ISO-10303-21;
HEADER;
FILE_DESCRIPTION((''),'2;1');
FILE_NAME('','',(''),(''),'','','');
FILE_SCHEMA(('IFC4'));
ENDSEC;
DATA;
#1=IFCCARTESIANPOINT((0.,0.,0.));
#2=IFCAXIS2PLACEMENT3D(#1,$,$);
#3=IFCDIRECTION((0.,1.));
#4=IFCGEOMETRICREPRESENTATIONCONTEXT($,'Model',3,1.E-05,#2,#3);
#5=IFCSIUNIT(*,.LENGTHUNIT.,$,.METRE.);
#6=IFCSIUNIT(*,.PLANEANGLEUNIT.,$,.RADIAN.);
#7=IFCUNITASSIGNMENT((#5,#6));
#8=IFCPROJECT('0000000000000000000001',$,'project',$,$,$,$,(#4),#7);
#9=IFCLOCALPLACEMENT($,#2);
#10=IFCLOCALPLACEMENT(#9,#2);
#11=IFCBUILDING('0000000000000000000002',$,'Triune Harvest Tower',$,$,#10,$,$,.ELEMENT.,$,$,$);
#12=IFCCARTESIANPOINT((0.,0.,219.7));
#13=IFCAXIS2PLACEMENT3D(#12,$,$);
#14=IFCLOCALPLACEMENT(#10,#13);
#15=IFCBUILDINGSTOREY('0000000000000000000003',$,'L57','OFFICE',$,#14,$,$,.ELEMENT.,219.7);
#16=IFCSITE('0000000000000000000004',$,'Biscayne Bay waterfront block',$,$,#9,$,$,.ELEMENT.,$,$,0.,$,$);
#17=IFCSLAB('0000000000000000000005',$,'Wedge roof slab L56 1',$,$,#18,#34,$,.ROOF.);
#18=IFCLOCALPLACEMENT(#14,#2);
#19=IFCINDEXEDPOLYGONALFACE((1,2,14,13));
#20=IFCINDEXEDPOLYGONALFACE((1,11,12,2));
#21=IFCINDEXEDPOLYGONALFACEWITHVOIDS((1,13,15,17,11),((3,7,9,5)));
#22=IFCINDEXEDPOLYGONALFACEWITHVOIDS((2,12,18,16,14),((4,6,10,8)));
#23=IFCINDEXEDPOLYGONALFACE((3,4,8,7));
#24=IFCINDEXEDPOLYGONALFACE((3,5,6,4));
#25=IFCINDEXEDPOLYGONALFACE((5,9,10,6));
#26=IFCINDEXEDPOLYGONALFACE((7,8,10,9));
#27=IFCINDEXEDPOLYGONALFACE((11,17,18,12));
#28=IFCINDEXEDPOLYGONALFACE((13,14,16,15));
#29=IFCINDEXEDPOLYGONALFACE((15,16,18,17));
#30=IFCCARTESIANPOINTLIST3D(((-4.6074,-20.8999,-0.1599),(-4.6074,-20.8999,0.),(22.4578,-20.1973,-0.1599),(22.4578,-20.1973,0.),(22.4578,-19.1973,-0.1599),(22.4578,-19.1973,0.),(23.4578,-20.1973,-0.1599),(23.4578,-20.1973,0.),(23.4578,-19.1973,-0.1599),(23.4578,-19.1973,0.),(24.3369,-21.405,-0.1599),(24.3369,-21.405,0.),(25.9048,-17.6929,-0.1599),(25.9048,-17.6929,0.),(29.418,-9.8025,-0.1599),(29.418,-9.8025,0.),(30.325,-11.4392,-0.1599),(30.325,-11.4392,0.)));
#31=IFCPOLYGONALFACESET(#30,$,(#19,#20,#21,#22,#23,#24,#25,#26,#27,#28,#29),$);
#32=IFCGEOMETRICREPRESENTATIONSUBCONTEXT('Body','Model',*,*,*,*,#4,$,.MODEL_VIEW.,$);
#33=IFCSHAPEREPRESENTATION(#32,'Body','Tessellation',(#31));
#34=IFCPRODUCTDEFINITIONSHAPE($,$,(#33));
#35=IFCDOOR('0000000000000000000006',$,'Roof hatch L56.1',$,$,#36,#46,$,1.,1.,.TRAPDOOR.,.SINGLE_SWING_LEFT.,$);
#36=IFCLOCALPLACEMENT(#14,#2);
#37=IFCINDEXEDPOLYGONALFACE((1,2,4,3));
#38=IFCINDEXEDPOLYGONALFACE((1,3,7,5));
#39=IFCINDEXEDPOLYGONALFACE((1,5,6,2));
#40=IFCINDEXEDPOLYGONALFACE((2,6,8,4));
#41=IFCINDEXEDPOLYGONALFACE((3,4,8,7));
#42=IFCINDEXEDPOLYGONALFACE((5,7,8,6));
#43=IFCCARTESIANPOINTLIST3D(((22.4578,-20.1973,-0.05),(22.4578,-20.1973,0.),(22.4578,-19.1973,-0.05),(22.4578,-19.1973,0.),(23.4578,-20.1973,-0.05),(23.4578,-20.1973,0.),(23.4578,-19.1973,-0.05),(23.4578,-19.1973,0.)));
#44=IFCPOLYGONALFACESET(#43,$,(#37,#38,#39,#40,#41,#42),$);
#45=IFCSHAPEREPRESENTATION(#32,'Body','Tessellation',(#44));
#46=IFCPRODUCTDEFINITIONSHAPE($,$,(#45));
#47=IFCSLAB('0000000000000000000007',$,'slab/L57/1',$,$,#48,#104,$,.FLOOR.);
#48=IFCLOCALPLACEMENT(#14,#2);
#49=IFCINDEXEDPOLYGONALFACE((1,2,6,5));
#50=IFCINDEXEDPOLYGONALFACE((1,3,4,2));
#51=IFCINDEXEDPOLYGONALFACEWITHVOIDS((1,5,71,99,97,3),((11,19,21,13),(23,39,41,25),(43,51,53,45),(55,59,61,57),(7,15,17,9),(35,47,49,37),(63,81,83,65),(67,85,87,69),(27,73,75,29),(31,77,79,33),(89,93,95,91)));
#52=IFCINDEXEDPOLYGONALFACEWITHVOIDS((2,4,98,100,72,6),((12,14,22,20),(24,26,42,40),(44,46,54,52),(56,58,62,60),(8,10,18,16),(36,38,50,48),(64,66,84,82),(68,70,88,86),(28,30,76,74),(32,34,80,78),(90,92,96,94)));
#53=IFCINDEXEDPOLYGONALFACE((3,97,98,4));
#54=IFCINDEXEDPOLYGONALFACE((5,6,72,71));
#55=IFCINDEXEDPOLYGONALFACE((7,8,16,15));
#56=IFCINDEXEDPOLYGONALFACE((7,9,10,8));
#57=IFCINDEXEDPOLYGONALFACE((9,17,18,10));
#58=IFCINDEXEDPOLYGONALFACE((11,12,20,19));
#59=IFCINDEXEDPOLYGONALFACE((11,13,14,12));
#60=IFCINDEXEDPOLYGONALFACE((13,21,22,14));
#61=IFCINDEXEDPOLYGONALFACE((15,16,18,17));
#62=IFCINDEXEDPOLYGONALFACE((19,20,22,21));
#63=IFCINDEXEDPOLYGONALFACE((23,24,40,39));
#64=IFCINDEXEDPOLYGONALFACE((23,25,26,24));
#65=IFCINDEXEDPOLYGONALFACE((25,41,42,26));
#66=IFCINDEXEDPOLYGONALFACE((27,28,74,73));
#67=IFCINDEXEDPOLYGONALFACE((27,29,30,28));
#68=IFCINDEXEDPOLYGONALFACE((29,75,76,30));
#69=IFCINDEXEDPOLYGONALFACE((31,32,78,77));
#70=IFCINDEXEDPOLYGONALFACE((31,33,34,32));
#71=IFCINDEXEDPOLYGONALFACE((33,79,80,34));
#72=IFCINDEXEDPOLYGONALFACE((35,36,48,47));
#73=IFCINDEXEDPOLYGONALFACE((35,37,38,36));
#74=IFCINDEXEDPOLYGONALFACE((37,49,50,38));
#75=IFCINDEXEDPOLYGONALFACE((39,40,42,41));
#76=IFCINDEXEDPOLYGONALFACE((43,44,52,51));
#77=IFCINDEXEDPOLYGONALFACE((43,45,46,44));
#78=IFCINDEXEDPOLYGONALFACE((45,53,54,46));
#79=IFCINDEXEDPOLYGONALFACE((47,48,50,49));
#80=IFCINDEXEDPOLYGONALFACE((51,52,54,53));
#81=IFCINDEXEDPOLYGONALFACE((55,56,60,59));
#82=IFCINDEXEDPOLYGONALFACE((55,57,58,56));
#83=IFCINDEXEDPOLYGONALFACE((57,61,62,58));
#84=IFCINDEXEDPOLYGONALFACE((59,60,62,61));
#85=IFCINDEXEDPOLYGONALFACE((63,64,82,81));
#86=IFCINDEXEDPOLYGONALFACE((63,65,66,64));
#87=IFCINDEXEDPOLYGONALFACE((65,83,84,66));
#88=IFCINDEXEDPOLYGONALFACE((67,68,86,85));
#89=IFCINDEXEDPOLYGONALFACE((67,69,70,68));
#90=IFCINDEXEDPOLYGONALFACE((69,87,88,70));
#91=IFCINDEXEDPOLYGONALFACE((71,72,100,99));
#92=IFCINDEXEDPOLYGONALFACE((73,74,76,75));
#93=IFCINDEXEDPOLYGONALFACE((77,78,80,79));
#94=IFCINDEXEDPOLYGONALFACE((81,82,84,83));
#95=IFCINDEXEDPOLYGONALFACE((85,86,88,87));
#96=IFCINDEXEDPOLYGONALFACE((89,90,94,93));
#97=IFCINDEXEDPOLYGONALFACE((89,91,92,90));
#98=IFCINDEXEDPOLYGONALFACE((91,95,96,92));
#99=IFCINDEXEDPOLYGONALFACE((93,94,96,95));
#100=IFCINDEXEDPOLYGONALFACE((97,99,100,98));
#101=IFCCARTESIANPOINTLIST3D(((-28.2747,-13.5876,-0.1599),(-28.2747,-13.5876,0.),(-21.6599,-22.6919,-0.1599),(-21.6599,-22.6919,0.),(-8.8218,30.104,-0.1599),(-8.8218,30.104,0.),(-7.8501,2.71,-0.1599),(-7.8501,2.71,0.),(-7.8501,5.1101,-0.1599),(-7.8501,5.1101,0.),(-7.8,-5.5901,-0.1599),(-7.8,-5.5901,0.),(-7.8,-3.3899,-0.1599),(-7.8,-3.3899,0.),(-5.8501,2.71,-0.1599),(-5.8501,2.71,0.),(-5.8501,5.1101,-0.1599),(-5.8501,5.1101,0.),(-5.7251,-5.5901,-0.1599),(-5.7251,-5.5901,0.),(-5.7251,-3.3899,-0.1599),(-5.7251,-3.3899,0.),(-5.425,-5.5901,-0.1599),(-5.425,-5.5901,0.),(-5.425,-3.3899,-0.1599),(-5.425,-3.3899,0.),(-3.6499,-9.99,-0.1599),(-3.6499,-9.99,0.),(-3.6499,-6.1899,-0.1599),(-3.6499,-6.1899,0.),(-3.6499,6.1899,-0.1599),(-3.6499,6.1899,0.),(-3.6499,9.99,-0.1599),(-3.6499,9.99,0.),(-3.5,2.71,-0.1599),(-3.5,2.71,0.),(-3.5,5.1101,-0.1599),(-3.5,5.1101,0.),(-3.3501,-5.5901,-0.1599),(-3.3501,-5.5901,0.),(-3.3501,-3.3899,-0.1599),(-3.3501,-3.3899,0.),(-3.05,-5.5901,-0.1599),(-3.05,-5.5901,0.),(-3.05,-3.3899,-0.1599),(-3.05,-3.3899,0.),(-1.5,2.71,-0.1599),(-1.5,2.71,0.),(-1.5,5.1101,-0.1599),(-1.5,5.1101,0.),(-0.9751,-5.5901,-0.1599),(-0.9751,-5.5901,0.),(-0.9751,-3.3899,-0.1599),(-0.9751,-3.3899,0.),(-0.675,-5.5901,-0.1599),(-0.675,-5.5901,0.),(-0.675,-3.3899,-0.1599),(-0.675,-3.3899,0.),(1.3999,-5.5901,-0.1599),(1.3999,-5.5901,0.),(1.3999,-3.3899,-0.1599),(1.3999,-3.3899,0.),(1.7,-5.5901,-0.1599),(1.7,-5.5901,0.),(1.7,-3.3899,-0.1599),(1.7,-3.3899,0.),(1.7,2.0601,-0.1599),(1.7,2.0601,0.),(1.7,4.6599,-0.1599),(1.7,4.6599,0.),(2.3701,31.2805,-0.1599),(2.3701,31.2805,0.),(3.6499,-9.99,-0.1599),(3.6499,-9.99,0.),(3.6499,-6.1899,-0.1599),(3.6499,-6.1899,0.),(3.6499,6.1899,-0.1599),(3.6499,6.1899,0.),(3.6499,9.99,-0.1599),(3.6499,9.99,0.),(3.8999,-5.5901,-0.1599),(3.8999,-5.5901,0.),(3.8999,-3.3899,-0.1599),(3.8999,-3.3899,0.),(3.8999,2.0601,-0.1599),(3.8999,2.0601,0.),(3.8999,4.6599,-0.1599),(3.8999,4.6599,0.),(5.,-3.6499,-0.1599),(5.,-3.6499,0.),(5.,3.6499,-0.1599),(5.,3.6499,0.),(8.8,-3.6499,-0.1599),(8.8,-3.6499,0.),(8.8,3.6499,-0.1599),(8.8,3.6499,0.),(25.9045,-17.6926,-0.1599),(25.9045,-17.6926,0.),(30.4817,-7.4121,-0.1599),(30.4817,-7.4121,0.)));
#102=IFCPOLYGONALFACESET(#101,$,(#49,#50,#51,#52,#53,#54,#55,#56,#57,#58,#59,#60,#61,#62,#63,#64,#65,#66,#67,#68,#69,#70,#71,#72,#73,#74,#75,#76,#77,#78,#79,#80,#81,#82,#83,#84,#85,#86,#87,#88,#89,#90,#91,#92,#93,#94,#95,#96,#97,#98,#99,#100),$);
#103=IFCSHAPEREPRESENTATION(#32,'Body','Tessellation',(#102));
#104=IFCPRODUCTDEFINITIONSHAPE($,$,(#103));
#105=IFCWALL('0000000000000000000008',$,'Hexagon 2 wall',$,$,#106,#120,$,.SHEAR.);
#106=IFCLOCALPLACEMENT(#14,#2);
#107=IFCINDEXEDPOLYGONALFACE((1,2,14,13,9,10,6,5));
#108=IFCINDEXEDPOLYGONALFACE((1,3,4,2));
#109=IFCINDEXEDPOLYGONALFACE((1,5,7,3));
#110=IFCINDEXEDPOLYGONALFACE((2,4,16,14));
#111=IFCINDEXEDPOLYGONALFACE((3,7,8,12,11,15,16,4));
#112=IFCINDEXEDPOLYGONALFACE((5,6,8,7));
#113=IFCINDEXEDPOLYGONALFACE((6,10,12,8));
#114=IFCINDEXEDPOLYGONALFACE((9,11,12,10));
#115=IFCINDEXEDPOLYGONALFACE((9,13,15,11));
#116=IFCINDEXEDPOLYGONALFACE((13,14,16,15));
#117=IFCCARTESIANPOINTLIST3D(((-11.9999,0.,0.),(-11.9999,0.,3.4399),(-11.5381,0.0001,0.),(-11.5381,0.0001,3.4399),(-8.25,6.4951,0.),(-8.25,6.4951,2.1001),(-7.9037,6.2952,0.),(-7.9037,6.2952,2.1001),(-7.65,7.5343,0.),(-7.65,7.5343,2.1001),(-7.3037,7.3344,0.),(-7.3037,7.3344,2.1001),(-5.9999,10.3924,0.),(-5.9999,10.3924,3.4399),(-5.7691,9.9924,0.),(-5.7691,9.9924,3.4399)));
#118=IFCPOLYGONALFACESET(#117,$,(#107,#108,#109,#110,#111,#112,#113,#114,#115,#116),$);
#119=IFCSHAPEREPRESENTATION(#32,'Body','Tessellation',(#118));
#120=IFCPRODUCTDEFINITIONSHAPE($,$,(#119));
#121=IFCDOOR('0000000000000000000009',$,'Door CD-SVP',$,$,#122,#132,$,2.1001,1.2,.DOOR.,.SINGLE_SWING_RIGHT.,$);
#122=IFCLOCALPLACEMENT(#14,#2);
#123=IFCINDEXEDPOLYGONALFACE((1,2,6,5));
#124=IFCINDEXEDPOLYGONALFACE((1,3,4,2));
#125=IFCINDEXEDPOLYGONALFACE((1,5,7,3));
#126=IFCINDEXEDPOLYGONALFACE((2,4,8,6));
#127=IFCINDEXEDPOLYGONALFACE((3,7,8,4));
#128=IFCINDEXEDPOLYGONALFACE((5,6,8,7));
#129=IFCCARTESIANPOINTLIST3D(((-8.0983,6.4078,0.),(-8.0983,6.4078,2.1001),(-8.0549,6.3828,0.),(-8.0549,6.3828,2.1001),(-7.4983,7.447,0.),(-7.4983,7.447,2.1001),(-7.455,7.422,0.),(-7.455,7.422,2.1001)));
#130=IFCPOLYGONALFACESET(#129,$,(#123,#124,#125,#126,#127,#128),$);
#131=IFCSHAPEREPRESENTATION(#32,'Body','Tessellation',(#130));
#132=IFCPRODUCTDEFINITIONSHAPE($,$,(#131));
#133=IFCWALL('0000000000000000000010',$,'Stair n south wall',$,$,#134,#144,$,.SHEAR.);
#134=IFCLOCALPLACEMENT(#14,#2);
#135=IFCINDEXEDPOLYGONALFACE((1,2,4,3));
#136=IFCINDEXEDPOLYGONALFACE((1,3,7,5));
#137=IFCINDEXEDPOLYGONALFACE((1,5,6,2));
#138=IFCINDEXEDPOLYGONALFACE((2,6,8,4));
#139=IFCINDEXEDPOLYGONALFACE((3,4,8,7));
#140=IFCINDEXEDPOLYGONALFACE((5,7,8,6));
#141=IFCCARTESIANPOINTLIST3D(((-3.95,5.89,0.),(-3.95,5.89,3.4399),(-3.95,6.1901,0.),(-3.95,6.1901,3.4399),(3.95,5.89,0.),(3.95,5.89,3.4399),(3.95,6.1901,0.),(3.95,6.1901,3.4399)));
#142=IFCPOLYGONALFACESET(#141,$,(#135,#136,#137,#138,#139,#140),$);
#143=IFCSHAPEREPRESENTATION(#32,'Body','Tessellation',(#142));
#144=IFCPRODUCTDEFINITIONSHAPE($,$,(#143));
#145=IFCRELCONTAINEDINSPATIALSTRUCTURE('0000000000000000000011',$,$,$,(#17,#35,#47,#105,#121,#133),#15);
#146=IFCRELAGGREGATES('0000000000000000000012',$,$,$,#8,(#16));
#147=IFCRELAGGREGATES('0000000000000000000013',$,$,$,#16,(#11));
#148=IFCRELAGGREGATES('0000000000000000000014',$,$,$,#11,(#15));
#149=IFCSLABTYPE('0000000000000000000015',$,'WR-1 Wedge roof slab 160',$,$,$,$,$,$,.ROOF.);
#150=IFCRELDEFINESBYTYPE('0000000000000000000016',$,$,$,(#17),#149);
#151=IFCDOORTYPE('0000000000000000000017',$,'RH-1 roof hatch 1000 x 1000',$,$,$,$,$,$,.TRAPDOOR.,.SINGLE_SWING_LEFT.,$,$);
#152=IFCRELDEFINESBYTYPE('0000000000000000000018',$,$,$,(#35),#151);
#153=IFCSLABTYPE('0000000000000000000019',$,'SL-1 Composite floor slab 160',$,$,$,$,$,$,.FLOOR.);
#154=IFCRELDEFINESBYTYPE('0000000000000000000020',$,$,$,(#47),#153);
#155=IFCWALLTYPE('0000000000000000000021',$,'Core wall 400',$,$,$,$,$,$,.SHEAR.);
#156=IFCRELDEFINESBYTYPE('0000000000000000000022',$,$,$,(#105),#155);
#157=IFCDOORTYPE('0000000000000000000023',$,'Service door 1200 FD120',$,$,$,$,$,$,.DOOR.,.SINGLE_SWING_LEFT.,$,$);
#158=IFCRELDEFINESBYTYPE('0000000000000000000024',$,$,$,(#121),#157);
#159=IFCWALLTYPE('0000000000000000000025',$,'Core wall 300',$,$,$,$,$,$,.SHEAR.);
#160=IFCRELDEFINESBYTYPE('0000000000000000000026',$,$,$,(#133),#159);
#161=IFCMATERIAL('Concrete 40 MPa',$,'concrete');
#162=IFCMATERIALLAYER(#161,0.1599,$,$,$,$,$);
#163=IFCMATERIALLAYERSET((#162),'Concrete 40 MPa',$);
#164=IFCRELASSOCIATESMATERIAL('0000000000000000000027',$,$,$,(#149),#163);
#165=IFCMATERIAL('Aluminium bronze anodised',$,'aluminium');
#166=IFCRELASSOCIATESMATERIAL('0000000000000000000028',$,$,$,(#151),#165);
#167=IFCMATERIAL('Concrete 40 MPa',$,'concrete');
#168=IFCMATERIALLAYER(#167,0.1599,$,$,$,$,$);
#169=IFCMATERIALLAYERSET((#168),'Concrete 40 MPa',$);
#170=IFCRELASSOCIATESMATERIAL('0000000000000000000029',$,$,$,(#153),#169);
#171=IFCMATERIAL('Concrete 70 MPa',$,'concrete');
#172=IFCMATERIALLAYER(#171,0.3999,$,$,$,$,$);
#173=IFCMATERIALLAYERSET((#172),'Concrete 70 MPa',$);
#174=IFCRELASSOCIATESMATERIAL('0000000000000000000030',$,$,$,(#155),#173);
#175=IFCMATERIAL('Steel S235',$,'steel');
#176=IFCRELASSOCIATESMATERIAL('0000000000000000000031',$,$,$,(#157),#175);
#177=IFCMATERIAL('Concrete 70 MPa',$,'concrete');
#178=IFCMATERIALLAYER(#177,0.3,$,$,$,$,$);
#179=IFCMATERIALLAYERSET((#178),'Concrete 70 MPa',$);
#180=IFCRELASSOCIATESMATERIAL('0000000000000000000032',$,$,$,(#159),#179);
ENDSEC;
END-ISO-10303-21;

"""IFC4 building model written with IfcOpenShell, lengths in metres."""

from ifc_helpers import new_model, si_unit, direction, frame, frame_2d, origin, origin_2d, place, context, subcontext, project, spatial, polyline, rectangle, outline, extrude, source, transform, mapped, material, layer, layer_set, type_object, element, fill, save


model = new_model("IFC4")

# Units and contexts
model_context = context("Model", 3, precision=1e-05, world=origin(), true_north=direction((0.0, 1.0)))
body_context = subcontext(model_context, "Body", "Model", "MODEL_VIEW")
ifc_project = project(units=[si_unit("LENGTHUNIT", "METRE"), si_unit("PLANEANGLEUNIT", "RADIAN")], contexts=[model_context])

# Site, building, storey
site_placement = place(None, origin())
site = spatial("IfcSite", under=ifc_project, at=site_placement, Name="Biscayne Bay waterfront block", CompositionType="ELEMENT", RefElevation=0.0)
building_placement = place(site_placement, origin())
building = spatial("IfcBuilding", under=site, at=building_placement, Name="Triune Harvest Tower", CompositionType="ELEMENT")
storey_placement = place(building_placement, frame((0.0, 0.0, 219.7)))
storey = spatial("IfcBuildingStorey", under=building, at=storey_placement, Name="L57", Description="OFFICE", CompositionType="ELEMENT", Elevation=219.7)

# Slab, opening, door
ifc_material_1 = material(Name="Concrete 40 MPa", Category="concrete")
ifc_layer_1 = layer(ifc_material_1, 0.1599)
ifc_layer_set_1 = layer_set([ifc_layer_1], Name="Concrete 40 MPa")
slab_type_1 = type_object("IfcSlabType", Name="WR-1 Wedge roof slab 160", PredefinedType="ROOF", material=ifc_layer_set_1)
slab_1_placement = place(storey_placement, frame((0.0, 0.0, -0.1599)))
slab_1 = element("IfcSlab", 1, at=slab_1_placement, inside=storey, type_object=slab_type_1, Name="Wedge roof slab L56 1", PredefinedType="ROOF", context=body_context, shape_type="SweptSolid", body=[
    extrude(outline(polyline([(30.325, -11.4392), (29.418, -9.8025), (25.9048, -17.6929), (-4.6074, -20.8999), (24.3369, -21.405), (30.325, -11.4392)])), origin(), (0.0, 0.0, 1.0), 0.1599),
])
opening_1_placement = place(slab_1_placement, frame((22.9578, -19.6973, 0.0)))
opening_1 = element("IfcOpeningElement", 2, at=opening_1_placement, cuts=slab_1, PredefinedType="OPENING", context=body_context, shape_type="SweptSolid", body=[
    extrude(rectangle(XDim=1.0, YDim=1.0, at=origin_2d()), origin(), (0.0, 0.0, 1.0), 0.1599),
])
ifc_material_2 = material(Name="Aluminium bronze anodised", Category="aluminium")
door_type_1 = type_object("IfcDoorType", Name="RH-1 roof hatch 1000 x 1000", OperationType="SINGLE_SWING_LEFT", PredefinedType="TRAPDOOR", material=ifc_material_2)
door_1_placement = place(opening_1_placement, frame((0.0, 0.0, 0.1099)))
door_1 = element("IfcDoor", 3, at=door_1_placement, inside=storey, type_object=door_type_1, Name="Roof hatch L56.1", OperationType="SINGLE_SWING_LEFT", OverallHeight=1.0, OverallWidth=1.0, PredefinedType="TRAPDOOR", context=body_context, shape_type="SweptSolid", body=[
    extrude(rectangle(XDim=1.0, YDim=1.0, at=origin_2d()), origin(), (0.0, 0.0, 1.0), 0.05),
])
fill(opening_1, door_1)

# Slab
ifc_material_3 = material(Name="Concrete 40 MPa", Category="concrete")
ifc_layer_2 = layer(ifc_material_3, 0.1599)
ifc_layer_set_2 = layer_set([ifc_layer_2], Name="Concrete 40 MPa")
slab_type_2 = type_object("IfcSlabType", Name="SL-1 Composite floor slab 160", PredefinedType="FLOOR", material=ifc_layer_set_2)
shared_shape_1 = source(origin(), body_context, "Body", "SweptSolid", [
    extrude(outline(polyline([(30.4817, -7.4121), (2.3701, 31.2805), (-8.8218, 30.104), (-28.2747, -13.5876), (-21.6599, -22.6919), (25.9045, -17.6926), (30.4817, -7.4121)]), holes=[polyline([(-5.7251, -5.5901), (-5.7251, -3.3899), (-7.8, -3.3899), (-7.8, -5.5901), (-5.7251, -5.5901)]), polyline([(-3.3501, -5.5901), (-3.3501, -3.3899), (-5.425, -3.3899), (-5.425, -5.5901), (-3.3501, -5.5901)]), polyline([(-0.9751, -5.5901), (-0.9751, -3.3899), (-3.05, -3.3899), (-3.05, -5.5901), (-0.9751, -5.5901)]), polyline([(1.3999, -5.5901), (1.3999, -3.3899), (-0.675, -3.3899), (-0.675, -5.5901), (1.3999, -5.5901)]), polyline([(3.8999, 2.0601), (3.8999, 4.6599), (1.7, 4.6599), (1.7, 2.0601), (3.8999, 2.0601)]), polyline([(3.8999, -5.5901), (3.8999, -3.3899), (1.7, -3.3899), (1.7, -5.5901), (3.8999, -5.5901)]), polyline([(-5.8501, 2.71), (-5.8501, 5.1101), (-7.8501, 5.1101), (-7.8501, 2.71), (-5.8501, 2.71)]), polyline([(-1.5, 2.71), (-1.5, 5.1101), (-3.5, 5.1101), (-3.5, 2.71), (-1.5, 2.71)]), polyline([(3.6499, 6.1899), (3.6499, 9.99), (-3.6499, 9.99), (-3.6499, 6.1899), (3.6499, 6.1899)]), polyline([(3.6499, -9.99), (3.6499, -6.1899), (-3.6499, -6.1899), (-3.6499, -9.99), (3.6499, -9.99)]), polyline([(8.8, -3.6499), (8.8, 3.6499), (5.0, 3.6499), (5.0, -3.6499), (8.8, -3.6499)])]), origin(), (0.0, 0.0, 1.0), 0.1599),
])
slab_2_placement = place(storey_placement, frame((0.0, 0.0, -0.1599)))
element("IfcSlab", 4, at=slab_2_placement, inside=storey, type_object=slab_type_2, Name="slab/L57/1", PredefinedType="FLOOR", context=body_context, shape_type="MappedRepresentation", body=[
    mapped(shared_shape_1, transform((0.0, 0.0, 0.0), scale=1.0)),
])

# Wall, opening, door
ifc_material_4 = material(Name="Concrete 70 MPa", Category="concrete")
ifc_layer_3 = layer(ifc_material_4, 0.3999)
ifc_layer_set_3 = layer_set([ifc_layer_3], Name="Concrete 70 MPa")
wall_type_1 = type_object("IfcWallType", Name="Core wall 400", PredefinedType="SHEAR", material=ifc_layer_set_3)
shared_shape_2 = source(origin(), body_context, "Body", "SweptSolid", [
    extrude(outline(polyline([(-0.1155, -0.2), (11.8845, -0.2), (11.6536, 0.2), (0.1155, 0.2), (-0.1155, -0.2)])), origin(), (0.0, 0.0, 1.0), 3.4399),
])
wall_1_placement = place(storey_placement, frame((-5.8845, 10.1924, 0.0), z_axis=(0.0, 0.0, 1.0), x_axis=(-0.499997, -0.866027, 0.0)))
wall_1 = element("IfcWall", 5, at=wall_1_placement, inside=storey, type_object=wall_type_1, Name="Hexagon 2 wall", PredefinedType="SHEAR", context=body_context, shape_type="MappedRepresentation", body=[
    mapped(shared_shape_2, transform((0.0, 0.0, 0.0), scale=1.0)),
])
opening_2_placement = place(wall_1_placement, frame((3.1846, 0.0, 0.0)))
opening_2 = element("IfcOpeningElement", 6, at=opening_2_placement, cuts=wall_1, PredefinedType="OPENING", context=body_context, shape_type="SweptSolid", body=[
    extrude(rectangle(XDim=1.2, YDim=2.1001, at=frame_2d((0.6001, 1.05))), frame((0.0, 0.21, 0.0), z_axis=(0.0, -1.0, 0.0), x_axis=(1.0, 0.0, 0.0)), (0.0, 0.0, 1.0), 0.4199),
])
ifc_material_5 = material(Name="Steel S235", Category="steel")
door_type_2 = type_object("IfcDoorType", Name="Service door 1200 FD120", OperationType="SINGLE_SWING_LEFT", PredefinedType="DOOR", material=ifc_material_5)
door_2_placement = place(opening_2_placement, frame((1.2, 0.0, 0.0), z_axis=(0.0, 0.0, 1.0), x_axis=(-1.0, 0.0, 0.0)))
door_2 = element("IfcDoor", 7, at=door_2_placement, inside=storey, type_object=door_type_2, Name="Door CD-SVP", OperationType="SINGLE_SWING_RIGHT", OverallHeight=2.1001, OverallWidth=1.2, PredefinedType="DOOR", context=body_context, shape_type="SweptSolid", body=[
    extrude(rectangle(XDim=1.2, YDim=2.1001, at=frame_2d((0.6001, 1.05))), frame((0.0, 0.0249, 0.0), z_axis=(0.0, -1.0, 0.0), x_axis=(1.0, 0.0, 0.0)), (0.0, 0.0, 1.0), 0.05),
])
fill(opening_2, door_2)

# Wall
ifc_material_6 = material(Name="Concrete 70 MPa", Category="concrete")
ifc_layer_4 = layer(ifc_material_6, 0.3)
ifc_layer_set_4 = layer_set([ifc_layer_4], Name="Concrete 70 MPa")
wall_type_2 = type_object("IfcWallType", Name="Core wall 300", PredefinedType="SHEAR", material=ifc_layer_set_4)
shared_shape_3 = source(origin(), body_context, "Body", "SweptSolid", [
    extrude(rectangle(XDim=7.8999, YDim=0.3, at=frame_2d((3.95, 0.0))), origin(), (0.0, 0.0, 1.0), 3.4399),
])
wall_2_placement = place(storey_placement, frame((-3.95, 6.04, 0.0), z_axis=(0.0, 0.0, 1.0), x_axis=(1.0, 0.0, 0.0)))
element("IfcWall", 8, at=wall_2_placement, inside=storey, type_object=wall_type_2, Name="Stair n south wall", PredefinedType="SHEAR", context=body_context, shape_type="MappedRepresentation", body=[
    mapped(shared_shape_3, transform((0.0, 0.0, 0.0), scale=1.0)),
])

save(model, "model.ifc")
